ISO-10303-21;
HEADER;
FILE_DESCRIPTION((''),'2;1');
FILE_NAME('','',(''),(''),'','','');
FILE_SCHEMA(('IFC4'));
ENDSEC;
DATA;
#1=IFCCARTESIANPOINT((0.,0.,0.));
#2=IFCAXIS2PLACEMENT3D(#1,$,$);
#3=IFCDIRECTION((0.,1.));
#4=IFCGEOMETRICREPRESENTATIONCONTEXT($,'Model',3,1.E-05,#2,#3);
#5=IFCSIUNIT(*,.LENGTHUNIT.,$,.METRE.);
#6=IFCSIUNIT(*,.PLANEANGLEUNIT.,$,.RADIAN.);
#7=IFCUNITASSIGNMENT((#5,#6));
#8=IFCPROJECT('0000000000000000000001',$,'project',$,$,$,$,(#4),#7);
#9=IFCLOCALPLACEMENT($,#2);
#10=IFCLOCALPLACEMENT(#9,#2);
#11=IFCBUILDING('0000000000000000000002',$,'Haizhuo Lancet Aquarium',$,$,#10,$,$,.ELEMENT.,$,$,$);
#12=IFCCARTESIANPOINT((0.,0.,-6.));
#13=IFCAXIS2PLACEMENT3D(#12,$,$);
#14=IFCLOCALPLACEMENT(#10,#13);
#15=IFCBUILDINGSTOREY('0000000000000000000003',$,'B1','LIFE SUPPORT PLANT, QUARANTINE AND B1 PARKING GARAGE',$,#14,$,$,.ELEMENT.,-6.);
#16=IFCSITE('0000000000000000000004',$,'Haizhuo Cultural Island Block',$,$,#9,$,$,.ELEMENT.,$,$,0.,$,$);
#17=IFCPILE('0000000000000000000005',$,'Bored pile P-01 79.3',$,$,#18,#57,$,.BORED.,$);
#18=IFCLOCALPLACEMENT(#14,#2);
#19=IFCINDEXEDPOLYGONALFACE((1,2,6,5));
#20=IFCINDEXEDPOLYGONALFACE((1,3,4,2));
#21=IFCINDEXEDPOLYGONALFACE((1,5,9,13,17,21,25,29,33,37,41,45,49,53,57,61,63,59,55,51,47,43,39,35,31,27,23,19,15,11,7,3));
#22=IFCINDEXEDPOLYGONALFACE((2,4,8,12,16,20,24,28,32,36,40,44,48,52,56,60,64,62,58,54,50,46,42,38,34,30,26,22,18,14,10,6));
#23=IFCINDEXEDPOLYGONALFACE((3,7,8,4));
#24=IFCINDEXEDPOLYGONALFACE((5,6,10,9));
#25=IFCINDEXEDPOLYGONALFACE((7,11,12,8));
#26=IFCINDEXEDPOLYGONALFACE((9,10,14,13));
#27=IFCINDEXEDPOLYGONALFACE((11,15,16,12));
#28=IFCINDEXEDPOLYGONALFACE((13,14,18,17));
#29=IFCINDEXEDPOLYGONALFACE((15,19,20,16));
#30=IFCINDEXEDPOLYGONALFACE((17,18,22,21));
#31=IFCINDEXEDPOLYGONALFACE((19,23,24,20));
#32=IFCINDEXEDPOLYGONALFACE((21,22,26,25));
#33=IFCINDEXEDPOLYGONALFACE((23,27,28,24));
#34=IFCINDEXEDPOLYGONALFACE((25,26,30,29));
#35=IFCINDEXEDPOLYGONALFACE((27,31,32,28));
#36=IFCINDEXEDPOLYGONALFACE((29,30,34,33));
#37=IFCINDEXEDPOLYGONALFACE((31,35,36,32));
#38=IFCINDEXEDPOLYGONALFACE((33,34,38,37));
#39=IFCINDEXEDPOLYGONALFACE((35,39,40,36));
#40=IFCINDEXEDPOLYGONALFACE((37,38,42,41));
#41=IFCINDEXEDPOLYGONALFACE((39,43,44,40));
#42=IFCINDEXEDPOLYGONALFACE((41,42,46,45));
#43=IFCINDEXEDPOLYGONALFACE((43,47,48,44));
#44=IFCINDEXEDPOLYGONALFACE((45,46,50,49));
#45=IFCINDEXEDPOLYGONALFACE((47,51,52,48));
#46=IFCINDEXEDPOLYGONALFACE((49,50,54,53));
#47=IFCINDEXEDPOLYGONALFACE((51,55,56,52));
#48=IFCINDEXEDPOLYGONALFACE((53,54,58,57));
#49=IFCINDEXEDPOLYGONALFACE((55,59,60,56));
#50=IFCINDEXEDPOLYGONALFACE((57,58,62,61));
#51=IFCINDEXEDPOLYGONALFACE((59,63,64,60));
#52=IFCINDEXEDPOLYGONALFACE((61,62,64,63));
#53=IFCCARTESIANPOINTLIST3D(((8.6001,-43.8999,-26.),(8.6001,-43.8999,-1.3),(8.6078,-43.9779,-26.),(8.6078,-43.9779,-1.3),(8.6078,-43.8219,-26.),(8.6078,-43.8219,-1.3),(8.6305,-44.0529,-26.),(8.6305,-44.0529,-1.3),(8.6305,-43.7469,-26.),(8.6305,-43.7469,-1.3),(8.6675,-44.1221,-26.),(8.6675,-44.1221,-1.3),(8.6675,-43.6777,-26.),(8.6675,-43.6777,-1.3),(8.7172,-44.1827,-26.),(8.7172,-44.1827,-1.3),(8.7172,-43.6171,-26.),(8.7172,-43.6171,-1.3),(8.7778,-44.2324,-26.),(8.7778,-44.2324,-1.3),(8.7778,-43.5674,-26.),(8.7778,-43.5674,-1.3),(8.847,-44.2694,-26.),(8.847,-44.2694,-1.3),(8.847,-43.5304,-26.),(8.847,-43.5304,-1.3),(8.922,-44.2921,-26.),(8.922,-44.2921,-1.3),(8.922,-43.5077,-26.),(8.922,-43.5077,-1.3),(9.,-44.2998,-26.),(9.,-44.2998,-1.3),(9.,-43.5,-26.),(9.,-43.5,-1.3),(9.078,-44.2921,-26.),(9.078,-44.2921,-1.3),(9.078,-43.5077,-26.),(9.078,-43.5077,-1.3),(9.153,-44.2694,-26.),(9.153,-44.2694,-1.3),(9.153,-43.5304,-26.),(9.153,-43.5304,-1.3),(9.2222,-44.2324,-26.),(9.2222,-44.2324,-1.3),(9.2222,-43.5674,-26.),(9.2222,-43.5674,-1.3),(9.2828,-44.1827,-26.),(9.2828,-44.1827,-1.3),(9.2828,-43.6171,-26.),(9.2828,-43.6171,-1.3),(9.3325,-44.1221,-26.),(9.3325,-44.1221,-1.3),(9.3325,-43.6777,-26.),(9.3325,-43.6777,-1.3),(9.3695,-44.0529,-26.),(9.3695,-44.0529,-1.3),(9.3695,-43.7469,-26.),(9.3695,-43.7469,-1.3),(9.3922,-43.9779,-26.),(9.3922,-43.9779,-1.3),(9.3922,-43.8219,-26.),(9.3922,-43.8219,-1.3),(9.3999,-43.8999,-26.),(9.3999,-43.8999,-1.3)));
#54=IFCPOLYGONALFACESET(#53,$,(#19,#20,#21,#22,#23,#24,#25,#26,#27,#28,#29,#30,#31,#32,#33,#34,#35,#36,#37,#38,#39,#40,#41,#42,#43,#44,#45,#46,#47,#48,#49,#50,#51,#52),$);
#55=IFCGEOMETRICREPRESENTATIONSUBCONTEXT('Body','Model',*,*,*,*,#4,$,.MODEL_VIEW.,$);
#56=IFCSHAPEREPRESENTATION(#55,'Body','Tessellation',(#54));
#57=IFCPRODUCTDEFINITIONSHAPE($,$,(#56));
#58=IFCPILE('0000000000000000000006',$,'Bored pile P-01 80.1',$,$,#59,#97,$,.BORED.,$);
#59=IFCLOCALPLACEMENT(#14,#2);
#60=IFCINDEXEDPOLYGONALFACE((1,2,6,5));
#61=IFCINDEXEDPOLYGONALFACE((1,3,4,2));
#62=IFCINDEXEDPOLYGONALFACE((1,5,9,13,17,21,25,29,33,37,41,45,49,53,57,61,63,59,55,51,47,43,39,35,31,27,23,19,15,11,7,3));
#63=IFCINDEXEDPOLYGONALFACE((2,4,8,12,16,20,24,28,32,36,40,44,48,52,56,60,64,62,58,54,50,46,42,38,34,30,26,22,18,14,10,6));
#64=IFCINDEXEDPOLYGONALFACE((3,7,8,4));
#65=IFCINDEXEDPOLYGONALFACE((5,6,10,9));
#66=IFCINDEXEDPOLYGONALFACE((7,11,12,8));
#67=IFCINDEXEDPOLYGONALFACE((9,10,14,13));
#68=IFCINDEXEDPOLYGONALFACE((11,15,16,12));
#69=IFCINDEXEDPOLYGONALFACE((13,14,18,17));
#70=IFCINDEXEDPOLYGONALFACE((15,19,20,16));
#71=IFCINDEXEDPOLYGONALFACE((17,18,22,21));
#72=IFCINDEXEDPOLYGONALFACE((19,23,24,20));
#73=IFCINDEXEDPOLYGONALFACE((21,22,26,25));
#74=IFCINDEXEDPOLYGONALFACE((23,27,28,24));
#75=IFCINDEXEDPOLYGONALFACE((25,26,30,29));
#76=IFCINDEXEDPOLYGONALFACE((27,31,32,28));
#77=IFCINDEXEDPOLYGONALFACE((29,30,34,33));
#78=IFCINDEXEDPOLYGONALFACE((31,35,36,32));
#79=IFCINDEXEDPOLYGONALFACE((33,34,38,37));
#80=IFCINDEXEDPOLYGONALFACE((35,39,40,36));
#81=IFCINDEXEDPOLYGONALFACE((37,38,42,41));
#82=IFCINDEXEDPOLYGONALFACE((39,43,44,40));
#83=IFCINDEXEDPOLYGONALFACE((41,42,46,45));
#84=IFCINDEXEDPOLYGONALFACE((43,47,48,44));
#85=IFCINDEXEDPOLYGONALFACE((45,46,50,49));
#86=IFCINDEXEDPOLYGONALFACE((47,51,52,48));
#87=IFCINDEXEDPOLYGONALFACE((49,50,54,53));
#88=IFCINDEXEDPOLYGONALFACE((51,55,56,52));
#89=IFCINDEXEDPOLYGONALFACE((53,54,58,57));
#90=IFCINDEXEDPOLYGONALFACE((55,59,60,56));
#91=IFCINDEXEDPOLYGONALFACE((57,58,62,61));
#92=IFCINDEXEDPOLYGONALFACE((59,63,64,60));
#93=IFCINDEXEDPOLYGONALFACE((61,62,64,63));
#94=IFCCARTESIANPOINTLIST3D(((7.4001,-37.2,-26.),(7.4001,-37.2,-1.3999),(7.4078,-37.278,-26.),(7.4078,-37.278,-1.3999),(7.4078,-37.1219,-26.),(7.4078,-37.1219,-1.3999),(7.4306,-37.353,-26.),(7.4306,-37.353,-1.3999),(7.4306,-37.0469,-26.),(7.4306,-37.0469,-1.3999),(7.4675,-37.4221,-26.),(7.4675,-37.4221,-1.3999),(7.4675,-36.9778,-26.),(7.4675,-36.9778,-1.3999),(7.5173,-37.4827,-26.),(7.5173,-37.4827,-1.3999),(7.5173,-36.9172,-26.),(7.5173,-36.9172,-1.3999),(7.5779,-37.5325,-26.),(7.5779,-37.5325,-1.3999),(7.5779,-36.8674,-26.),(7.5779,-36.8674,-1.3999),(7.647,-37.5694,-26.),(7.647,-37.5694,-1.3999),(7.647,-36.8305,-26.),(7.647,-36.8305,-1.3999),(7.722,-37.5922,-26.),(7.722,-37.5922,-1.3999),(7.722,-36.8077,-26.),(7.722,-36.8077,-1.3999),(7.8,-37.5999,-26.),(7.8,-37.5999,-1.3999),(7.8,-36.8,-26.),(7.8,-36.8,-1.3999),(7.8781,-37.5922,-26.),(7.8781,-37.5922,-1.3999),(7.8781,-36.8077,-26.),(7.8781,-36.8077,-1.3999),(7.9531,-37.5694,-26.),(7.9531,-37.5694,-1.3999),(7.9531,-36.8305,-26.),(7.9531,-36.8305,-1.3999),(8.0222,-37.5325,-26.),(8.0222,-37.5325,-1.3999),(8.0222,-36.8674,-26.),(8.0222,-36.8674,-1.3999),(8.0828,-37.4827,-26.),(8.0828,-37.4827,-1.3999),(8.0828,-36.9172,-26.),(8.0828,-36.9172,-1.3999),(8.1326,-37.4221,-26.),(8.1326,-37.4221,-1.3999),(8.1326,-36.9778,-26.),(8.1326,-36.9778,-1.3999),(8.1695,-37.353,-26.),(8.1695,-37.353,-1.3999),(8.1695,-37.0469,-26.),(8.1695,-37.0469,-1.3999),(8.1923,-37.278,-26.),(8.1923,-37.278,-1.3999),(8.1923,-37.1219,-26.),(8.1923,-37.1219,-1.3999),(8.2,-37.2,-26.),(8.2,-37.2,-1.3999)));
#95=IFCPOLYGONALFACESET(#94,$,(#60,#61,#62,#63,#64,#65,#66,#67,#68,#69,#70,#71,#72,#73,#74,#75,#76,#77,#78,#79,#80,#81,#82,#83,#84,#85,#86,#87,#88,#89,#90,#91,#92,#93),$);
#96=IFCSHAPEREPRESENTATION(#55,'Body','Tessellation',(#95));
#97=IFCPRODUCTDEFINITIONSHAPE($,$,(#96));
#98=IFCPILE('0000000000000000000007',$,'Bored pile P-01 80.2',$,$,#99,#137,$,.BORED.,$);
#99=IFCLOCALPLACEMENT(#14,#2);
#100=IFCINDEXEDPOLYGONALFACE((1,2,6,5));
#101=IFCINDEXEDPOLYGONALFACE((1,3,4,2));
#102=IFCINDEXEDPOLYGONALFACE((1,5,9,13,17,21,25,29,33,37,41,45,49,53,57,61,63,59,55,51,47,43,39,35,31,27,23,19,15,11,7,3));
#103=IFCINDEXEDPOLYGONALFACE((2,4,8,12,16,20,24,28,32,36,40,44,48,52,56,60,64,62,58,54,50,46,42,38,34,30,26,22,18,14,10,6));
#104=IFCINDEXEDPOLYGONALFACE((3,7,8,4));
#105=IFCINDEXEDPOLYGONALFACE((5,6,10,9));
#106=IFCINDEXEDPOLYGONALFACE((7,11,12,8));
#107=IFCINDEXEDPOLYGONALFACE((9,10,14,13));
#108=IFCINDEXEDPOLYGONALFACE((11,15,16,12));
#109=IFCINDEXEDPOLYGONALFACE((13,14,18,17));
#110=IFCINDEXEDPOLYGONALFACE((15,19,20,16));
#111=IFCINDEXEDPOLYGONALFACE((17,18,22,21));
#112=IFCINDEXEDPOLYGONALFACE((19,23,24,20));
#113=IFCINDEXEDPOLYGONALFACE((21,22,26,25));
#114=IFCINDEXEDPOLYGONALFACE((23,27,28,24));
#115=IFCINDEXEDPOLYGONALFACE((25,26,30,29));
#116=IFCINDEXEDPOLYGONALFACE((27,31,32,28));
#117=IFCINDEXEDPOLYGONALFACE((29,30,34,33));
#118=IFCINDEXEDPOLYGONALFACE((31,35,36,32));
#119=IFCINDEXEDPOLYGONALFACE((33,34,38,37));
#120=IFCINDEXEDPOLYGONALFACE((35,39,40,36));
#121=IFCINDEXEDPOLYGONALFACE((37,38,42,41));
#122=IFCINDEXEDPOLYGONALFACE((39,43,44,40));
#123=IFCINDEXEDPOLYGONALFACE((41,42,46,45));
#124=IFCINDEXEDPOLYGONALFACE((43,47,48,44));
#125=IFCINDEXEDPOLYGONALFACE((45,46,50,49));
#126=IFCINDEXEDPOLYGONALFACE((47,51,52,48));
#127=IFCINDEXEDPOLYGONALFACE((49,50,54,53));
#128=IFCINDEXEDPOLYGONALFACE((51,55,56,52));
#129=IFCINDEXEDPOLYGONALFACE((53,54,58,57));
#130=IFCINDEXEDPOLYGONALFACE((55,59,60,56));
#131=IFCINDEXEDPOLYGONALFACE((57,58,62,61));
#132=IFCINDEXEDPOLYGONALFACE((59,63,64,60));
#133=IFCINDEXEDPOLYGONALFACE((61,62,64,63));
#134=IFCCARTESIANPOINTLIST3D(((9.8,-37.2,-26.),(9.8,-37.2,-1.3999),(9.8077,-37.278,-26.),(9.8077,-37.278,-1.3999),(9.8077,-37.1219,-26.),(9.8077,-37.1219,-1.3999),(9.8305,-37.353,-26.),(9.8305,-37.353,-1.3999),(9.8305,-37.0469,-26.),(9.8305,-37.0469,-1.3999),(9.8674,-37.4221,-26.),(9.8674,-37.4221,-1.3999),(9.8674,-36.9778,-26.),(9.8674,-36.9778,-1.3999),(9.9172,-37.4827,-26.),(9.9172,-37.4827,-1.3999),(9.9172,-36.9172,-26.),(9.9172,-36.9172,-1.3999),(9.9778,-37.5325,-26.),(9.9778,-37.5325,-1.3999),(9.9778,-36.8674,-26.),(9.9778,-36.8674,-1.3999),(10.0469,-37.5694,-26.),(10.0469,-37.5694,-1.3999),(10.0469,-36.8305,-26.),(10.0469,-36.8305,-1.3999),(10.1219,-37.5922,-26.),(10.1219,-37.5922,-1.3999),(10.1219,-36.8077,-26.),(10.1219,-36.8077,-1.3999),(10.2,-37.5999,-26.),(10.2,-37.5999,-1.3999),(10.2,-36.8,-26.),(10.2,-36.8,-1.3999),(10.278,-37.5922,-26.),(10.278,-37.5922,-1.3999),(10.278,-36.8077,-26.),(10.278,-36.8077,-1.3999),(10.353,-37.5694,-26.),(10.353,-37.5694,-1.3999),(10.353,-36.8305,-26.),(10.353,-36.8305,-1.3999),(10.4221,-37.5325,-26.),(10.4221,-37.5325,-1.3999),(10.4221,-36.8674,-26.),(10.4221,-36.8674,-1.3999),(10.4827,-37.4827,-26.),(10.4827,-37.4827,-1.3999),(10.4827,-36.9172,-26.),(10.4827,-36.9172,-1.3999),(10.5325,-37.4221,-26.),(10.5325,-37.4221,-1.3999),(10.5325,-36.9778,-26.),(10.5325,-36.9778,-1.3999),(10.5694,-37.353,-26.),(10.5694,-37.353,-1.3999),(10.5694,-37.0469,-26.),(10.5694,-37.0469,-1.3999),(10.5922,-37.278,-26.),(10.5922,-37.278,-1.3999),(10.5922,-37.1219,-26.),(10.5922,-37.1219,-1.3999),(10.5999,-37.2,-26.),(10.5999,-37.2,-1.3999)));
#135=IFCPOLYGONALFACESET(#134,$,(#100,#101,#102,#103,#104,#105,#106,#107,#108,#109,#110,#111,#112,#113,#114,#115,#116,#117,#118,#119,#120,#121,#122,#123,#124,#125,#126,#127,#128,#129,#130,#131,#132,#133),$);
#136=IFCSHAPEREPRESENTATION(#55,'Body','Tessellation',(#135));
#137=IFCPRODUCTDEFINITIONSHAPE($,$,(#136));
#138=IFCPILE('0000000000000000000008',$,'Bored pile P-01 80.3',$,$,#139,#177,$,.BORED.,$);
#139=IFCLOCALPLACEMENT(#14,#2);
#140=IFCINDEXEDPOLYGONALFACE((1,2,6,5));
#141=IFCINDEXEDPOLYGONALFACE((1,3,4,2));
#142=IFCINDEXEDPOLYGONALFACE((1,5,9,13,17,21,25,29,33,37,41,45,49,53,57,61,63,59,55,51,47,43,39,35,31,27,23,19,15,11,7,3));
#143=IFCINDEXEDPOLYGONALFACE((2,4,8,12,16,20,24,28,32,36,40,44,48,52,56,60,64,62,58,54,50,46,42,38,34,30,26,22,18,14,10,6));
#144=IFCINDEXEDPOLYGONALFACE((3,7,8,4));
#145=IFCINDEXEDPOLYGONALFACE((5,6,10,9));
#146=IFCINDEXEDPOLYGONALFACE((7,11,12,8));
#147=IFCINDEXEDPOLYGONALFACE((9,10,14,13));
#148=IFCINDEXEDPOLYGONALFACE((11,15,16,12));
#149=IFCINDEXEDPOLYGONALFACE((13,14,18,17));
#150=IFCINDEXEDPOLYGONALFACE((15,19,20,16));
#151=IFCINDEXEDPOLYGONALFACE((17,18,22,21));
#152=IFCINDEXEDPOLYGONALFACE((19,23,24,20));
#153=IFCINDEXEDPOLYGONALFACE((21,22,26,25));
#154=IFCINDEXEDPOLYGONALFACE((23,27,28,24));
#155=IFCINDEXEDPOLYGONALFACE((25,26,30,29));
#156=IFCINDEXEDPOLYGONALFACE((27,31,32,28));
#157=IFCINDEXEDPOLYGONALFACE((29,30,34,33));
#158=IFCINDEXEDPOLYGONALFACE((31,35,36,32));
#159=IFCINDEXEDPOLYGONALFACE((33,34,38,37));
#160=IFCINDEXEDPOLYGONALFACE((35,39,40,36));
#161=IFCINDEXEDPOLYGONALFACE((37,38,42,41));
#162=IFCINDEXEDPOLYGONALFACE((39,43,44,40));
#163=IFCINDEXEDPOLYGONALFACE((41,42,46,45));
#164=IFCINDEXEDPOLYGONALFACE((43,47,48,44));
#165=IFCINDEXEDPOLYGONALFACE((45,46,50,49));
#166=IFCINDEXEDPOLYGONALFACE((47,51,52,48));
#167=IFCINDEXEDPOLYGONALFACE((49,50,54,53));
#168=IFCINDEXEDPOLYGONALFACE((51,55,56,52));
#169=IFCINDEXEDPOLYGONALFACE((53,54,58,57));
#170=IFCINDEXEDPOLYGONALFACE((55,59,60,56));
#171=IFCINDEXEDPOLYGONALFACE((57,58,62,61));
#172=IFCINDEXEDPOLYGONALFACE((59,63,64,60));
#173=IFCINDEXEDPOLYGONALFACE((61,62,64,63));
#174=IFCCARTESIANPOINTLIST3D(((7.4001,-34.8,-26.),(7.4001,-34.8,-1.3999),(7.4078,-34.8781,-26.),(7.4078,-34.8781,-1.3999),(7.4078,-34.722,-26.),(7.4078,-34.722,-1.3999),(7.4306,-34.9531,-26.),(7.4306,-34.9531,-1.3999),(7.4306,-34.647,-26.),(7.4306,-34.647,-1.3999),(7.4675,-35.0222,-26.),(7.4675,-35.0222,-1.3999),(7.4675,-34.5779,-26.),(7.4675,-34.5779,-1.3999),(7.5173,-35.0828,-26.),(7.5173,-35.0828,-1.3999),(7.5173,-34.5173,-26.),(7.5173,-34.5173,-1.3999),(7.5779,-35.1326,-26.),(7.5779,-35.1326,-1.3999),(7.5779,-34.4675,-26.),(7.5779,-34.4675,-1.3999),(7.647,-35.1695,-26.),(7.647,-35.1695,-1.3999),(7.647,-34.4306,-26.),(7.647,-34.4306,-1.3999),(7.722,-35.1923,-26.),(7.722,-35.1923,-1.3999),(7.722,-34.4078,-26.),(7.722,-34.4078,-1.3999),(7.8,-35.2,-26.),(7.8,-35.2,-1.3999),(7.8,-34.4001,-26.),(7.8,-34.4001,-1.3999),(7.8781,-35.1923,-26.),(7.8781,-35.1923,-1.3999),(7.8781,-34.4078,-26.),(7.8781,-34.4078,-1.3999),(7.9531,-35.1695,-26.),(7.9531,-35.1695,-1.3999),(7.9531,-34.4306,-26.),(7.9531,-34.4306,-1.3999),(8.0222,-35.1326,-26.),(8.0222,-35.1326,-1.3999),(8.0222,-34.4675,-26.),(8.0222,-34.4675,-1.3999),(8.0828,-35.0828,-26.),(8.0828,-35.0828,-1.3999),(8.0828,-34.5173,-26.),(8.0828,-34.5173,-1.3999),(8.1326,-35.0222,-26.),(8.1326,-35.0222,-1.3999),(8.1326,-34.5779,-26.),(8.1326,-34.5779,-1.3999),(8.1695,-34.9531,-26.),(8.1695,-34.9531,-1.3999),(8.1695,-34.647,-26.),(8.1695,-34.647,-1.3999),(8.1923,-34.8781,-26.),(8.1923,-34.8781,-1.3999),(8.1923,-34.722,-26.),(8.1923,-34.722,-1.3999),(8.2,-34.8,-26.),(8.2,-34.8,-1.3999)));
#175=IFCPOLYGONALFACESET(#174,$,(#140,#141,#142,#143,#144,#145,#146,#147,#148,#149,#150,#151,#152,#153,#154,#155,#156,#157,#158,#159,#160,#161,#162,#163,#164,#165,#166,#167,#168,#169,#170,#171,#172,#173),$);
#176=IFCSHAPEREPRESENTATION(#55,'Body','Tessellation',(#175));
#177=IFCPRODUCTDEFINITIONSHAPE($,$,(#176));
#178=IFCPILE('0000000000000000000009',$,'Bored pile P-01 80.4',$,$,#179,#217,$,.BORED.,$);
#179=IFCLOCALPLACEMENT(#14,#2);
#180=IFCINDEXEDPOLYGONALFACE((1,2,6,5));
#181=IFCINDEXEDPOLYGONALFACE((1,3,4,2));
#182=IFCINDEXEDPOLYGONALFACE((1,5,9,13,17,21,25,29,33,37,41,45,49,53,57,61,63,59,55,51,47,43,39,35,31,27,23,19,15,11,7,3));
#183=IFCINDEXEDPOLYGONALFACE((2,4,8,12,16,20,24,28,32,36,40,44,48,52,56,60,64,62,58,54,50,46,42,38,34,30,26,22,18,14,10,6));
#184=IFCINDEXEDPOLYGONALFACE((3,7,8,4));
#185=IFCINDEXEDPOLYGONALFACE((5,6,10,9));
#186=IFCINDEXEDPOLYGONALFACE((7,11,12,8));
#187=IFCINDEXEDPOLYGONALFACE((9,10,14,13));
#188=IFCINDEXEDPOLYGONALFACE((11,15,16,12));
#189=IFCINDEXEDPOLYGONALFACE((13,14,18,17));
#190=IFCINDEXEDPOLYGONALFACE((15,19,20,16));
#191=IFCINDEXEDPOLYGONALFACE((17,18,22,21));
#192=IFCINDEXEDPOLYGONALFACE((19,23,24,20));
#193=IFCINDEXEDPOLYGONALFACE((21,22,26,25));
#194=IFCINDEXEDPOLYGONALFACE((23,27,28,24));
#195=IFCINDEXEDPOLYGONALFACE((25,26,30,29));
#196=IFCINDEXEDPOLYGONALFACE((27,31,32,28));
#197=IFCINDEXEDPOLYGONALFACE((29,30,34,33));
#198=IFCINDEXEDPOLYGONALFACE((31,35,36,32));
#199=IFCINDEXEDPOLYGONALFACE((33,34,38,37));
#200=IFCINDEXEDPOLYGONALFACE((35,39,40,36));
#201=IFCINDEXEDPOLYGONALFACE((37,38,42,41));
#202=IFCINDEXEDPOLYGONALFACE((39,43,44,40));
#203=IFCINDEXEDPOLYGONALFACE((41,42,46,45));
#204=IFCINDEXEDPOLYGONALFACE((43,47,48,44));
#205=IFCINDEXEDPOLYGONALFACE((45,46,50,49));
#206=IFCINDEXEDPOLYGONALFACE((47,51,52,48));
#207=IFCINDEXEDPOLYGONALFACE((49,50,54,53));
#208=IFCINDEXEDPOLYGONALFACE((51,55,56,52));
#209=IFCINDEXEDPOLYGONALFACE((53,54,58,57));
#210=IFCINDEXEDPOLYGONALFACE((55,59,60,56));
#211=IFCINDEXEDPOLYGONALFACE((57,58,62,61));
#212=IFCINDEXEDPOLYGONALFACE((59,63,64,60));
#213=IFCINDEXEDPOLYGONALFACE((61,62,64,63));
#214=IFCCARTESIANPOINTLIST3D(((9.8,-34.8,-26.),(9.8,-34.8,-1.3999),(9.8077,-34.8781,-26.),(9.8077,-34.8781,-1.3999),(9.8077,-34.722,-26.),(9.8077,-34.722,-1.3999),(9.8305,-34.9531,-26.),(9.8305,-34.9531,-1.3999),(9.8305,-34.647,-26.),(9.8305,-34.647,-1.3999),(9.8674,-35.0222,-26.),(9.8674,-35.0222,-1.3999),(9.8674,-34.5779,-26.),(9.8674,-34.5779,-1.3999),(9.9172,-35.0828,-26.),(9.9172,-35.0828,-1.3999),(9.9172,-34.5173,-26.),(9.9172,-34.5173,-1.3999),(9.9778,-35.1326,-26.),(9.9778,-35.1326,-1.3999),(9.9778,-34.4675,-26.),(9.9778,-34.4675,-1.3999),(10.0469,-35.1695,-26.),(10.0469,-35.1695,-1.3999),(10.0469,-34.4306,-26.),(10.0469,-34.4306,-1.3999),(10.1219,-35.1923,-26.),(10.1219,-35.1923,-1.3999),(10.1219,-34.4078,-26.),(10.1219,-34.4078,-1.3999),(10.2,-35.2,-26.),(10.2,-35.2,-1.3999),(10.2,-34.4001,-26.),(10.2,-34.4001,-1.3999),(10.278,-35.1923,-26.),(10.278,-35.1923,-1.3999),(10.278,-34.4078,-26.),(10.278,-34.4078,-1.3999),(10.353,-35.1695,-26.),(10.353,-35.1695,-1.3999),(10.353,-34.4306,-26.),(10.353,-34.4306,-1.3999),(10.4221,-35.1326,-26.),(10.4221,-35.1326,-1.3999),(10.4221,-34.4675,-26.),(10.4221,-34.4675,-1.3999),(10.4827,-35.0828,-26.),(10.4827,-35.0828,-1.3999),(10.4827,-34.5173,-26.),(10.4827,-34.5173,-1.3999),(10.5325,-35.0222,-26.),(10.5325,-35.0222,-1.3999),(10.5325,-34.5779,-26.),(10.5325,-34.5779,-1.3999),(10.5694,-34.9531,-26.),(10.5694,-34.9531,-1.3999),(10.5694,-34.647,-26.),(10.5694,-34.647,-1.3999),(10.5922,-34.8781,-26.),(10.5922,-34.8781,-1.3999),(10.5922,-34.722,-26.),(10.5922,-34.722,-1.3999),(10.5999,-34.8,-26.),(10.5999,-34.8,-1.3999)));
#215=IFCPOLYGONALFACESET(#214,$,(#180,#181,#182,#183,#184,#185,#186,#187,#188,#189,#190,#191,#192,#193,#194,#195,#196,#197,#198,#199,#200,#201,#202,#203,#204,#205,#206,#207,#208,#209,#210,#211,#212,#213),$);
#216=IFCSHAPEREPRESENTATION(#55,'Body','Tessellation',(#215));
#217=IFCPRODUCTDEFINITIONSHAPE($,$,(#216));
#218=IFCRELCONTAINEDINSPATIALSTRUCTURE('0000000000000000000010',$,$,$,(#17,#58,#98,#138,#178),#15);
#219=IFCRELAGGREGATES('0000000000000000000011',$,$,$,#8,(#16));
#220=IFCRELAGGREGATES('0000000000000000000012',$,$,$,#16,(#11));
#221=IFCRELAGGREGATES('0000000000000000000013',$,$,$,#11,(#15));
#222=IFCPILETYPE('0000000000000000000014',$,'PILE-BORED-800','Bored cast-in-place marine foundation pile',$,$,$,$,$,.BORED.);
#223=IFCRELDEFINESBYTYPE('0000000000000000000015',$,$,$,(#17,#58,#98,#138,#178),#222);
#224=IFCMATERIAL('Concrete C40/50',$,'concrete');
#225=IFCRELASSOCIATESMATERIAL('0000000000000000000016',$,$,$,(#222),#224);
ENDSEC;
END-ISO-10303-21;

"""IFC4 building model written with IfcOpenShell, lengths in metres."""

from ifc_helpers import new_model, si_unit, direction, frame, origin, origin_2d, place, context, subcontext, project, spatial, circle, extrude, material, material_profile, profile_set, type_object, element, save


model = new_model("IFC4")

# Units and contexts
model_context = context("Model", 3, precision=1e-05, world=origin(), true_north=direction((0.0, 1.0)))
body_context = subcontext(model_context, "Body", "Model", "MODEL_VIEW")
ifc_project = project(units=[si_unit("LENGTHUNIT", "METRE"), si_unit("PLANEANGLEUNIT", "RADIAN")], contexts=[model_context])

# Site, building, storey
site_placement = place(None, origin())
site = spatial("IfcSite", under=ifc_project, at=site_placement, Name="Haizhuo Cultural Island Block", CompositionType="ELEMENT", RefElevation=0.0)
building_placement = place(site_placement, origin())
building = spatial("IfcBuilding", under=site, at=building_placement, Name="Haizhuo Lancet Aquarium", CompositionType="ELEMENT")
storey_placement = place(building_placement, frame((0.0, 0.0, -6.0)))
storey = spatial("IfcBuildingStorey", under=building, at=storey_placement, Name="B1", Description="LIFE SUPPORT PLANT, QUARANTINE AND B1 PARKING GARAGE", CompositionType="ELEMENT", Elevation=-6.0)

# Shared definitions
ifc_material_1 = material(Name="Concrete C40/50", Category="concrete")

# Piles
ifc_material_profile_1 = material_profile(ifc_material_1, circle(Radius=0.3999, at=origin_2d()), Name="PILE-800")
ifc_profile_set_1 = profile_set([ifc_material_profile_1], Name="Concrete C40/50")
pile_type = type_object("IfcPileType", Name="PILE-BORED-800", Description="Bored cast-in-place marine foundation pile", PredefinedType="BORED", material=ifc_profile_set_1)
pile_placement = place(storey_placement, frame((9.0, -43.8999, -1.3), z_axis=(0.0, 0.0, -1.0), x_axis=(1.0, 0.0, 0.0)))
element("IfcPile", 1, at=pile_placement, inside=storey, type_object=pile_type, Name="Bored pile P-01 79.3", PredefinedType="BORED", context=body_context, shape_type="SweptSolid", body=[
    extrude(circle(Radius=0.3999, at=origin_2d()), origin(), (0.0, 0.0, 1.0), 24.7),
])
for number, where, z_axis, x_axis, name in (
    (2, (7.8, -37.2, -1.3999), (0.0, 0.0, -1.0), (1.0, 0.0, 0.0), "Bored pile P-01 80.1"),
    (3, (10.2, -37.2, -1.3999), (0.0, 0.0, -1.0), (1.0, 0.0, 0.0), "Bored pile P-01 80.2"),
    (4, (7.8, -34.8, -1.3999), (0.0, 0.0, -1.0), (1.0, 0.0, 0.0), "Bored pile P-01 80.3"),
    (5, (10.2, -34.8, -1.3999), (0.0, 0.0, -1.0), (1.0, 0.0, 0.0), "Bored pile P-01 80.4"),
):
    element("IfcPile", number, at=place(storey_placement, frame(where, z_axis=z_axis, x_axis=x_axis)), inside=storey, type_object=pile_type, Name=name, PredefinedType="BORED", context=body_context, shape_type="SweptSolid", body=[
        extrude(circle(Radius=0.3999, at=origin_2d()), origin(), (0.0, 0.0, 1.0), 24.6001),
    ])

save(model, "model.ifc")
